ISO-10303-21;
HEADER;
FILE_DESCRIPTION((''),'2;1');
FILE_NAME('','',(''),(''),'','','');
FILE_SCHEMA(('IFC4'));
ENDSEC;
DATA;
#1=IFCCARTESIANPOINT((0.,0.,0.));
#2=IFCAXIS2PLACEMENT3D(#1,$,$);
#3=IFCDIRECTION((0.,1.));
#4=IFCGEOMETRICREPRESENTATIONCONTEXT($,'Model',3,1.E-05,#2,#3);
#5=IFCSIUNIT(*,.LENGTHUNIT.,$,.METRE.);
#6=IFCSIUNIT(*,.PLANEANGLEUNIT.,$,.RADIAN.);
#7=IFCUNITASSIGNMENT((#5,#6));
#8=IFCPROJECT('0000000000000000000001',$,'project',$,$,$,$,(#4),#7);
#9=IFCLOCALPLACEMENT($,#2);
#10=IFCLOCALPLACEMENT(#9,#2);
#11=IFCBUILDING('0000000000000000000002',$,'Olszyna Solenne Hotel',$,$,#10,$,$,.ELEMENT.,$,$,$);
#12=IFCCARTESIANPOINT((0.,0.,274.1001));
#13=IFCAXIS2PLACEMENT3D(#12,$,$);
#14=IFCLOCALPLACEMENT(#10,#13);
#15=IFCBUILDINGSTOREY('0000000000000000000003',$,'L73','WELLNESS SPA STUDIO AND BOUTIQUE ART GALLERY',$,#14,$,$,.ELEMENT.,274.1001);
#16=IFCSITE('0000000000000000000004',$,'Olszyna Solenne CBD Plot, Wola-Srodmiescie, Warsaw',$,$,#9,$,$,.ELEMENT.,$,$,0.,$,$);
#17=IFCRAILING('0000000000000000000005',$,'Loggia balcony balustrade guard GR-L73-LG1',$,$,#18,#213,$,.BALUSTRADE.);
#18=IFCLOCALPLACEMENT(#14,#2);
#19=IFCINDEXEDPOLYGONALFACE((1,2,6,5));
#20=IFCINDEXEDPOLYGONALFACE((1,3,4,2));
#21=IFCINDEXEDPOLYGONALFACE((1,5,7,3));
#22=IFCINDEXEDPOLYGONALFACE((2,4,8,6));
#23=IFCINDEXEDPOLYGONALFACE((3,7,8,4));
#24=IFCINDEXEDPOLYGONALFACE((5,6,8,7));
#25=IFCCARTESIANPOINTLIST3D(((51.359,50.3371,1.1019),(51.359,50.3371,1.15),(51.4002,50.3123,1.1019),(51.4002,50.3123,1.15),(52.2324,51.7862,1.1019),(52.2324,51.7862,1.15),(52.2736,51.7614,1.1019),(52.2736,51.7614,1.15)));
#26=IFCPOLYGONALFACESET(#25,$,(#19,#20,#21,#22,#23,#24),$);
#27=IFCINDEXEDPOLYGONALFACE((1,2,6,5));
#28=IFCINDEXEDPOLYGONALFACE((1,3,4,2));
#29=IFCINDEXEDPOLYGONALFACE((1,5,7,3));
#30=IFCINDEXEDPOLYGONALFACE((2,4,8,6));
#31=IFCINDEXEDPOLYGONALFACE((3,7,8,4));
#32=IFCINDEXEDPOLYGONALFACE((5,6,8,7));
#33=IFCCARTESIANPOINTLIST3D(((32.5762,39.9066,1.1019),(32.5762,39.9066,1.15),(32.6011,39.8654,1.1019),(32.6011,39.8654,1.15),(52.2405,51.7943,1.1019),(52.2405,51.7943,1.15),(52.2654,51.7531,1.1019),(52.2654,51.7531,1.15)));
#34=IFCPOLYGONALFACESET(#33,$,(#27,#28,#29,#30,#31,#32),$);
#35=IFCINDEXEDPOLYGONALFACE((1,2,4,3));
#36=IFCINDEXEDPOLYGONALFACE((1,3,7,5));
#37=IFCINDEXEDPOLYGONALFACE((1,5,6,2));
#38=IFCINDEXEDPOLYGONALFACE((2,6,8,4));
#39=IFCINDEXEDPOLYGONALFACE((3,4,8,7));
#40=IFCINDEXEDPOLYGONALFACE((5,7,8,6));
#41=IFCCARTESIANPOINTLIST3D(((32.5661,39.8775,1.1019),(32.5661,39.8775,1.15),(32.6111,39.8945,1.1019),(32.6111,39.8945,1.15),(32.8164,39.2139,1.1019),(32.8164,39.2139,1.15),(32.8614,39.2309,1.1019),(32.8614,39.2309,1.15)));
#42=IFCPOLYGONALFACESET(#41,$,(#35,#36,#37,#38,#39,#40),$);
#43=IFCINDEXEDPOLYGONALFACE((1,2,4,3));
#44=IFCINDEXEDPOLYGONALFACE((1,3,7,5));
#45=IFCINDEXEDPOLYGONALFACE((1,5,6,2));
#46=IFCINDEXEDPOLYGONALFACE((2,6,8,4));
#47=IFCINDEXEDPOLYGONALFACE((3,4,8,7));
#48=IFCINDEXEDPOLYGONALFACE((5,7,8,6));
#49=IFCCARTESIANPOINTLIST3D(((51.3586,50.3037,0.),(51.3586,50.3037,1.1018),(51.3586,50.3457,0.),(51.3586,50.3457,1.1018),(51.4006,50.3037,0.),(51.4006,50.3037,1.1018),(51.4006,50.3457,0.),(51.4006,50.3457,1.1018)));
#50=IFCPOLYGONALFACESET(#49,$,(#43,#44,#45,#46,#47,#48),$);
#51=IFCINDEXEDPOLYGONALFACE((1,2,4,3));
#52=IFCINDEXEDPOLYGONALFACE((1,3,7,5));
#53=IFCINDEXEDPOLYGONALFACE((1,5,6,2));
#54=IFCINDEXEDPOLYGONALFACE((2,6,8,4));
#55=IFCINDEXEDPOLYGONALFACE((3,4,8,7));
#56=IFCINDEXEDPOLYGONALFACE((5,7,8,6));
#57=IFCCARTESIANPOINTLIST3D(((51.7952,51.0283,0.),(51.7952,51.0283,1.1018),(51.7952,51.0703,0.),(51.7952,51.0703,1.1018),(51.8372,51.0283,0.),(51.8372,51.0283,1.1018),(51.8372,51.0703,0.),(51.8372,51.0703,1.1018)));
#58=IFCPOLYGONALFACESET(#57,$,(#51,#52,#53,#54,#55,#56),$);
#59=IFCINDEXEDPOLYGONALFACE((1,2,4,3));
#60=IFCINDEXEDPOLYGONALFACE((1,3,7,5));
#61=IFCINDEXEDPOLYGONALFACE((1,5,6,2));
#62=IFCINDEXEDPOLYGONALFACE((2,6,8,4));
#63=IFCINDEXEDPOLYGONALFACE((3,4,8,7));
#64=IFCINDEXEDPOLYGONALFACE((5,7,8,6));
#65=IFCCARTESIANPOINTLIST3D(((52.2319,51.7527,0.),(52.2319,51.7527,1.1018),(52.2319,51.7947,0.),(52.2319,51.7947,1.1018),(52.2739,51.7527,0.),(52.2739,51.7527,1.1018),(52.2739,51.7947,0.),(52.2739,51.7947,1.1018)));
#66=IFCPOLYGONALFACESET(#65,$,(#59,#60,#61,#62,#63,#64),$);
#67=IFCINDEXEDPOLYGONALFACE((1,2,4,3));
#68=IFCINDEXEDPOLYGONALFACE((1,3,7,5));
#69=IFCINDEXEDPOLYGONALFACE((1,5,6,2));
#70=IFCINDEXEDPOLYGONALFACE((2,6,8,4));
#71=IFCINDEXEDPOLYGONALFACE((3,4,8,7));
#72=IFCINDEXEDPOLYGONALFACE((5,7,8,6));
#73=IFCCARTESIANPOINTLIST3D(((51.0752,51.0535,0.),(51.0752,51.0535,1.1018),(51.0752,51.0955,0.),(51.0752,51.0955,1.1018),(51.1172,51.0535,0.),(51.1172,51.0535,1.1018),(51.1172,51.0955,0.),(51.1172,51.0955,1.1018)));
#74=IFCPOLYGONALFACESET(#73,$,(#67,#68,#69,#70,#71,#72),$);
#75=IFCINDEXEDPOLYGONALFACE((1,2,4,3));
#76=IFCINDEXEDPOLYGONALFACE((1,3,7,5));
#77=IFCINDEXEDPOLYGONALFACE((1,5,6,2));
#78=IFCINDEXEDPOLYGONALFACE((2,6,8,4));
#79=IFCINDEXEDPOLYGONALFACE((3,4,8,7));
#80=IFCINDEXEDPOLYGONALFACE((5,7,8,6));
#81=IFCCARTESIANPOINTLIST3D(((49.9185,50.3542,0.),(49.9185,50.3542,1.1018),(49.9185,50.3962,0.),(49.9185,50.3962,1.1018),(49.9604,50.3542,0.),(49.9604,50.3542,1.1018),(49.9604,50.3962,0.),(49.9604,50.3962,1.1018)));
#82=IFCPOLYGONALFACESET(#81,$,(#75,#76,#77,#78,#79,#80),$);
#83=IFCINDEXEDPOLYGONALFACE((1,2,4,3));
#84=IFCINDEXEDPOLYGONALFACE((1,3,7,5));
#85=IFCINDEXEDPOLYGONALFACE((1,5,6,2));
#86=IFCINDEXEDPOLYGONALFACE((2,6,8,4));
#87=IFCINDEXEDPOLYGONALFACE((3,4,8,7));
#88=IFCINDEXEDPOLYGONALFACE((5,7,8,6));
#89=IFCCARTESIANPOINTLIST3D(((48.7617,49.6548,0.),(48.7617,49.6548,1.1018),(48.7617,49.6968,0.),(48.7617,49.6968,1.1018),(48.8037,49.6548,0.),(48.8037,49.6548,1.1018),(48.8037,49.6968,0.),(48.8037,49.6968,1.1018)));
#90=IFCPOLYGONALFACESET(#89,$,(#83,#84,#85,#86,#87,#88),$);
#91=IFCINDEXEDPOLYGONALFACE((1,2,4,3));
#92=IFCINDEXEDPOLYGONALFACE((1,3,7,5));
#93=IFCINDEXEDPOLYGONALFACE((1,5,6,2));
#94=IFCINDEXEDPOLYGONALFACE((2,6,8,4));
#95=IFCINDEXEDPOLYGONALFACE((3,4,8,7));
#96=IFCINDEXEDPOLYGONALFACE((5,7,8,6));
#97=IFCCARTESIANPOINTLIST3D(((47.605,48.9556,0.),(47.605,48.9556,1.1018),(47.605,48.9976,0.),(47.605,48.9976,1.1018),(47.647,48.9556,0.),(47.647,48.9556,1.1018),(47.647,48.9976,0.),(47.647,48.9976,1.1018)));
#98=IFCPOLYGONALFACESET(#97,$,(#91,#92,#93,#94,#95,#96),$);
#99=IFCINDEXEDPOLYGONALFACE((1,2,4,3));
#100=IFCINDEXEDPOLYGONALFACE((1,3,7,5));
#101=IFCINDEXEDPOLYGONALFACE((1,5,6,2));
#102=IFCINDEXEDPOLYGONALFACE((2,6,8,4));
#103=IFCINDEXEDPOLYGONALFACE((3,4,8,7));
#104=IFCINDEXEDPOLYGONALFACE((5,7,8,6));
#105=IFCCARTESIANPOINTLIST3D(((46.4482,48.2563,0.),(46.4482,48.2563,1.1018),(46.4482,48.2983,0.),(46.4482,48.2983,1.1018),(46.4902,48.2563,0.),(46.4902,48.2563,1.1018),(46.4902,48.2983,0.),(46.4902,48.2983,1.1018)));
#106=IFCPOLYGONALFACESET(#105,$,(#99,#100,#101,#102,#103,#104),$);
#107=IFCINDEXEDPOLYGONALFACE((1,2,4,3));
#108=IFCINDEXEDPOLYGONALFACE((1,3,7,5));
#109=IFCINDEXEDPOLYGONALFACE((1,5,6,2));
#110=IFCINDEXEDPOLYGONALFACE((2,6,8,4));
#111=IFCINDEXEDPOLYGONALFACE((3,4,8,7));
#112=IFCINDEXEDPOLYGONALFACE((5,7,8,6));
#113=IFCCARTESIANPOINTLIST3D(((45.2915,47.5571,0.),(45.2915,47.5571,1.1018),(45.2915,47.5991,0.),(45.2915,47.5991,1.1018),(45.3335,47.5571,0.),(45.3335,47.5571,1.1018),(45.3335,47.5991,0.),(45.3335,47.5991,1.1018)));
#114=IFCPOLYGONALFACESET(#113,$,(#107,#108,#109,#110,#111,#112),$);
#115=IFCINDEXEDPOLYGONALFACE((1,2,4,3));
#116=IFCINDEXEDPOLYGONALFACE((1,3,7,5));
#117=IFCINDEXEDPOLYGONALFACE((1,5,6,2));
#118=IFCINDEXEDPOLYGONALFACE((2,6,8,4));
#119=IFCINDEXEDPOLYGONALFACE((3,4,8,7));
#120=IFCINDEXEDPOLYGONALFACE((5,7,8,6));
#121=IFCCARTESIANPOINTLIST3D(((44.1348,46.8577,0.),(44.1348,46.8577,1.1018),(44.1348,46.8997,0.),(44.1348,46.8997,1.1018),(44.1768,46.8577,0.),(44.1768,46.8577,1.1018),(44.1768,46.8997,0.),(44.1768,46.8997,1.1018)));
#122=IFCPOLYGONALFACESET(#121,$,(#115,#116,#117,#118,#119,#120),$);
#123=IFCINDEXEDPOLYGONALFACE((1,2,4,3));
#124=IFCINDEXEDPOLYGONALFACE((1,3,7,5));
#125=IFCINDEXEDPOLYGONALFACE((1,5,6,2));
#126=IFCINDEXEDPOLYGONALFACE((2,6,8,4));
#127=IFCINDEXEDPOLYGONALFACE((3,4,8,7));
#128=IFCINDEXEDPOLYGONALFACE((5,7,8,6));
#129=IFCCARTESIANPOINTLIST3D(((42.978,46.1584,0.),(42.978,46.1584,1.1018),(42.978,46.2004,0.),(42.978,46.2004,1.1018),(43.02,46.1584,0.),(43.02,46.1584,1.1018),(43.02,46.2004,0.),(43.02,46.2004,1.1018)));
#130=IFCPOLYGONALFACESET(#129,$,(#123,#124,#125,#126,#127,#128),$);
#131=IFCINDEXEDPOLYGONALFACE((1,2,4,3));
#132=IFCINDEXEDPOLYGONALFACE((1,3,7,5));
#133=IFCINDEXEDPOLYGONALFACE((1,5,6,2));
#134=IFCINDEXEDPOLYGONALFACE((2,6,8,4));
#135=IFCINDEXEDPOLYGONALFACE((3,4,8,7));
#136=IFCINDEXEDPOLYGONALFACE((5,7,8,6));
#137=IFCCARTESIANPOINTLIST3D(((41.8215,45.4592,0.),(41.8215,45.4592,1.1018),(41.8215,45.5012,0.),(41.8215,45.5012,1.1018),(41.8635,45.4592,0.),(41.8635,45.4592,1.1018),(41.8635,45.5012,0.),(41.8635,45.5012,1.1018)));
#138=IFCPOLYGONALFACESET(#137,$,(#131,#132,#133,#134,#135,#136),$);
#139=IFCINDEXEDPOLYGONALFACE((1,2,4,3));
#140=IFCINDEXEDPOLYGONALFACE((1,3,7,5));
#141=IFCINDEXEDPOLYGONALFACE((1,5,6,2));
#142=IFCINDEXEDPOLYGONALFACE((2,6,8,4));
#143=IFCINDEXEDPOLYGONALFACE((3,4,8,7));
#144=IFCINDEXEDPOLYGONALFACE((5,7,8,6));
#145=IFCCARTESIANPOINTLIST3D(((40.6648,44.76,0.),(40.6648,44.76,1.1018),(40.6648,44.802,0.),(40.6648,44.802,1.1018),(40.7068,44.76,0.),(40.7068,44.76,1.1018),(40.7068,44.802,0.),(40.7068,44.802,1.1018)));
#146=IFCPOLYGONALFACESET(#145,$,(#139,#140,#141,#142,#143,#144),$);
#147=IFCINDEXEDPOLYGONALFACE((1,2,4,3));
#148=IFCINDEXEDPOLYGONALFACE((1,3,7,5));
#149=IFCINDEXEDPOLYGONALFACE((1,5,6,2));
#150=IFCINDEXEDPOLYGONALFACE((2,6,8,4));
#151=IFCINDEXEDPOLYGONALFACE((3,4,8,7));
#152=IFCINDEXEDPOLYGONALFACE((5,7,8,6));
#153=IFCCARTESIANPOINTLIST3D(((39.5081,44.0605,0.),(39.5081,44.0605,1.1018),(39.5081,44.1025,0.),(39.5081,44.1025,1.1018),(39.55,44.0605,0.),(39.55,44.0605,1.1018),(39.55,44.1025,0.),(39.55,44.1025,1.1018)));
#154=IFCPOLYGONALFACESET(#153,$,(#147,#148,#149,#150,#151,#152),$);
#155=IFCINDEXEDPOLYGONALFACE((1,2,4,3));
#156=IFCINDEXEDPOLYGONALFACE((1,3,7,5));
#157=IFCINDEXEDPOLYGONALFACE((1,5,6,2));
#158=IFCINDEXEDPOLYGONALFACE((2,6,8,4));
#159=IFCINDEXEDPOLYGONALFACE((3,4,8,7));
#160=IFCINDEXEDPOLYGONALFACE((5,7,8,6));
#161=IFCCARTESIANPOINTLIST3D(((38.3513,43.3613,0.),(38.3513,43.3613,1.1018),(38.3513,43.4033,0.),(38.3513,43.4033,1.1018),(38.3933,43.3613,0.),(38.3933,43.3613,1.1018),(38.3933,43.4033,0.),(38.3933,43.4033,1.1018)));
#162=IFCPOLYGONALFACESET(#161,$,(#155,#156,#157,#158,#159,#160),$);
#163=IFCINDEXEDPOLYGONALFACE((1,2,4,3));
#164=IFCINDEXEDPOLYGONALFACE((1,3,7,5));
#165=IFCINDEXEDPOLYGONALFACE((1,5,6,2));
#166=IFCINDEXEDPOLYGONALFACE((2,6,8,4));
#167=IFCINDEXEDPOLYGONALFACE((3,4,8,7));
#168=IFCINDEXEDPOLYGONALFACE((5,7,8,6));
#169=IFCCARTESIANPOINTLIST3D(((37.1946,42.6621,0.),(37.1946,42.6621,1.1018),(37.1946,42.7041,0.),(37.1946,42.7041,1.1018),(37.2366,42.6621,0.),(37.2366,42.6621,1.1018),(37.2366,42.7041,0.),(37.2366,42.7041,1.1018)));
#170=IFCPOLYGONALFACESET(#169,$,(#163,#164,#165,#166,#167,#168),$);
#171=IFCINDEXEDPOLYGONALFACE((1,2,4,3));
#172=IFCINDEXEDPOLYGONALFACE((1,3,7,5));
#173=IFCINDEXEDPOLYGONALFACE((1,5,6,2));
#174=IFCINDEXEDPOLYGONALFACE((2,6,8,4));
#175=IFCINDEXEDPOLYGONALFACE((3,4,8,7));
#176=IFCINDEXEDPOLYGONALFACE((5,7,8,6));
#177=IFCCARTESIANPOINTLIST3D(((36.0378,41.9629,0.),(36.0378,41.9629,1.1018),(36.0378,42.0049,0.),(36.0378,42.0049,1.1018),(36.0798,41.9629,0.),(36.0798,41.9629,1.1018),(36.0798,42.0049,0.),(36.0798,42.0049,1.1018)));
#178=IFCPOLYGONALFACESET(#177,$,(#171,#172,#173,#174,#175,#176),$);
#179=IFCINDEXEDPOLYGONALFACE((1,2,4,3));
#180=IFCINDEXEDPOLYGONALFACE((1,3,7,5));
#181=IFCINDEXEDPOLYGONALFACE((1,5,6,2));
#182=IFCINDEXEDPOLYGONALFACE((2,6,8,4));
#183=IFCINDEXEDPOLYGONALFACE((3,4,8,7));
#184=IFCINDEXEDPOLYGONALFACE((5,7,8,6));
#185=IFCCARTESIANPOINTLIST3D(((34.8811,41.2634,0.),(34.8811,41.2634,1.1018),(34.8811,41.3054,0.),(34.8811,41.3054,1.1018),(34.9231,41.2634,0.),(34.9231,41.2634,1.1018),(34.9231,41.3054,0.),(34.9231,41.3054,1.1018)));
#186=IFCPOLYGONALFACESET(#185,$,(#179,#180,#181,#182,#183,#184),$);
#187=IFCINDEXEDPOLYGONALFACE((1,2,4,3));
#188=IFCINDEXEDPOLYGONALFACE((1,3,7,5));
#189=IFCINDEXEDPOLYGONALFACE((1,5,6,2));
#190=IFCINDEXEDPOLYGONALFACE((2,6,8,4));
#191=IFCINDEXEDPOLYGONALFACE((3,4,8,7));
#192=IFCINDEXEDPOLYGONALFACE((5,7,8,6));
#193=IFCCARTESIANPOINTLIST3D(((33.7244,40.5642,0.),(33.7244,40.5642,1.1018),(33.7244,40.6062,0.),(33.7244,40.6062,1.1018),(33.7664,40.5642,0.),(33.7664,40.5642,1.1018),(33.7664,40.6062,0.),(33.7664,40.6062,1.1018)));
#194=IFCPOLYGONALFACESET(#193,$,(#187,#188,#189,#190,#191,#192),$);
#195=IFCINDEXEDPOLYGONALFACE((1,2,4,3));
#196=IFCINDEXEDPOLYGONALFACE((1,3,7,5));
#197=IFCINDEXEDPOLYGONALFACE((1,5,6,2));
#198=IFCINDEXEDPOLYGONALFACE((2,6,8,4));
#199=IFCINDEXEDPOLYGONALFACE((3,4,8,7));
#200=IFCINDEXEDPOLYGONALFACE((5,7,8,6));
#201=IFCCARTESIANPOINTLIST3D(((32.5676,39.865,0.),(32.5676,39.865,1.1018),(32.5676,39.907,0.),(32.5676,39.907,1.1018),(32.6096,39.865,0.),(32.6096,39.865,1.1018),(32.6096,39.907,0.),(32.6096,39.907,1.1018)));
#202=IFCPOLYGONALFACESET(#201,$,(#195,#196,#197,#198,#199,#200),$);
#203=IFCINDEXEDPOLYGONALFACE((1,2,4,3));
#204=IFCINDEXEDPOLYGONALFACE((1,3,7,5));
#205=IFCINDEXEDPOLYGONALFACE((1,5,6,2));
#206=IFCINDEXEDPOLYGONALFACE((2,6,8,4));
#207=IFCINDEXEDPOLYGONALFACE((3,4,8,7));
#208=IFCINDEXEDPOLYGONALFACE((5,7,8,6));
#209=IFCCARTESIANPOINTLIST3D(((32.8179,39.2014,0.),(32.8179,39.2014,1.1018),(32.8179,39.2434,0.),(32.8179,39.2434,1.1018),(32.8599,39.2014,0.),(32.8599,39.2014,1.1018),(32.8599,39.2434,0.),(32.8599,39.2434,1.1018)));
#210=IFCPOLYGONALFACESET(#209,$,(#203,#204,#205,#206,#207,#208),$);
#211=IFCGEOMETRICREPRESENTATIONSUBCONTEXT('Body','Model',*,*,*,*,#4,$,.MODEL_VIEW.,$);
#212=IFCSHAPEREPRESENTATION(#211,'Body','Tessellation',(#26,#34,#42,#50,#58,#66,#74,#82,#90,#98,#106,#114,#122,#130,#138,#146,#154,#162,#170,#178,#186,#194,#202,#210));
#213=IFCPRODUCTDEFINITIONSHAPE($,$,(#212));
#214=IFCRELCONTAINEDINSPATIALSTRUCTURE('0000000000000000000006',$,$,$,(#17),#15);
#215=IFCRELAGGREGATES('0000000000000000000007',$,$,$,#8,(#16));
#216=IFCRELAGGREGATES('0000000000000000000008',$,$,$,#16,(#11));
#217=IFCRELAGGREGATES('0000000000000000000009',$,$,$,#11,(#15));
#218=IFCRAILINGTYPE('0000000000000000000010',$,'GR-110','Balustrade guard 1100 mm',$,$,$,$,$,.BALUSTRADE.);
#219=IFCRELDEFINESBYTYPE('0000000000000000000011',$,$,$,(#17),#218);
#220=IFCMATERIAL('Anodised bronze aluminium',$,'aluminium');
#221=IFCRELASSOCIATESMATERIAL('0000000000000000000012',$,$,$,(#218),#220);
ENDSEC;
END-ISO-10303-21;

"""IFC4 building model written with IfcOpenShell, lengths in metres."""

from ifc_helpers import new_model, si_unit, direction, frame, origin, origin_2d, place, context, subcontext, project, spatial, rectangle, extrude, material, type_object, element, save


model = new_model("IFC4")

# Units and contexts
model_context = context("Model", 3, precision=1e-05, world=origin(), true_north=direction((0.0, 1.0)))
body_context = subcontext(model_context, "Body", "Model", "MODEL_VIEW")
ifc_project = project(units=[si_unit("LENGTHUNIT", "METRE"), si_unit("PLANEANGLEUNIT", "RADIAN")], contexts=[model_context])

# Site, building, storey
site_placement = place(None, origin())
site = spatial("IfcSite", under=ifc_project, at=site_placement, Name="Olszyna Solenne CBD Plot, Wola-Srodmiescie, Warsaw", CompositionType="ELEMENT", RefElevation=0.0)
building_placement = place(site_placement, origin())
building = spatial("IfcBuilding", under=site, at=building_placement, Name="Olszyna Solenne Hotel", CompositionType="ELEMENT")
storey_placement = place(building_placement, frame((0.0, 0.0, 274.1001)))
storey = spatial("IfcBuildingStorey", under=building, at=storey_placement, Name="L73", Description="WELLNESS SPA STUDIO AND BOUTIQUE ART GALLERY", CompositionType="ELEMENT", Elevation=274.1001)

# Railing
ifc_material_1 = material(Name="Anodised bronze aluminium", Category="aluminium")
railing_type_1 = type_object("IfcRailingType", Name="GR-110", Description="Balustrade guard 1100 mm", PredefinedType="BALUSTRADE", material=ifc_material_1)
railing_1_placement = place(storey_placement, frame((51.3796, 50.3247, 0.0)))
element("IfcRailing", 1, at=railing_1_placement, inside=storey, type_object=railing_type_1, Name="Loggia balcony balustrade guard GR-L73-LG1", PredefinedType="BALUSTRADE", context=body_context, shape_type="SweptSolid", body=[
    extrude(rectangle(XDim=0.0481, YDim=0.0481, at=origin_2d()), frame((0.0, 0.0, 1.126), z_axis=(0.516192, 0.856473, 0.0), x_axis=(-0.856473, 0.516192, 0.0)), (0.0, 0.0, 1.0), 1.6919),
    extrude(rectangle(XDim=0.0481, YDim=0.0481, at=origin_2d()), frame((0.8733, 1.449, 1.126), z_axis=(-0.855777, -0.517344, 0.0), x_axis=(0.517344, -0.855777, 0.0)), (0.0, 0.0, 1.0), 22.9783),
    extrude(rectangle(XDim=0.0481, YDim=0.0481, at=origin_2d()), frame((-18.791, -10.4387, 1.126), z_axis=(0.352858, -0.935677, 0.0), x_axis=(0.935677, 0.352858, 0.0)), (0.0, 0.0, 1.0), 0.7092),
    extrude(rectangle(XDim=0.042, YDim=0.042, at=origin_2d()), origin(), (0.0, 0.0, 1.0), 1.1018),
    extrude(rectangle(XDim=0.042, YDim=0.042, at=origin_2d()), frame((0.4365, 0.7246, 0.0)), (0.0, 0.0, 1.0), 1.1018),
    extrude(rectangle(XDim=0.042, YDim=0.042, at=origin_2d()), frame((0.8733, 1.449, 0.0)), (0.0, 0.0, 1.0), 1.1018),
    extrude(rectangle(XDim=0.042, YDim=0.042, at=origin_2d()), frame((-0.2834, 0.7498, 0.0)), (0.0, 0.0, 1.0), 1.1018),
    extrude(rectangle(XDim=0.042, YDim=0.042, at=origin_2d()), frame((-1.4402, 0.0505, 0.0)), (0.0, 0.0, 1.0), 1.1018),
    extrude(rectangle(XDim=0.042, YDim=0.042, at=origin_2d()), frame((-2.5969, -0.6489, 0.0)), (0.0, 0.0, 1.0), 1.1018),
    extrude(rectangle(XDim=0.042, YDim=0.042, at=origin_2d()), frame((-3.7537, -1.3481, 0.0)), (0.0, 0.0, 1.0), 1.1018),
    extrude(rectangle(XDim=0.042, YDim=0.042, at=origin_2d()), frame((-4.9104, -2.0474, 0.0)), (0.0, 0.0, 1.0), 1.1018),
    extrude(rectangle(XDim=0.042, YDim=0.042, at=origin_2d()), frame((-6.0671, -2.7466, 0.0)), (0.0, 0.0, 1.0), 1.1018),
    extrude(rectangle(XDim=0.042, YDim=0.042, at=origin_2d()), frame((-7.2239, -3.446, 0.0)), (0.0, 0.0, 1.0), 1.1018),
    extrude(rectangle(XDim=0.042, YDim=0.042, at=origin_2d()), frame((-8.3806, -4.1453, 0.0)), (0.0, 0.0, 1.0), 1.1018),
    extrude(rectangle(XDim=0.042, YDim=0.042, at=origin_2d()), frame((-9.5371, -4.8445, 0.0)), (0.0, 0.0, 1.0), 1.1018),
    extrude(rectangle(XDim=0.042, YDim=0.042, at=origin_2d()), frame((-10.6938, -5.5437, 0.0)), (0.0, 0.0, 1.0), 1.1018),
    extrude(rectangle(XDim=0.042, YDim=0.042, at=origin_2d()), frame((-11.8506, -6.2432, 0.0)), (0.0, 0.0, 1.0), 1.1018),
    extrude(rectangle(XDim=0.042, YDim=0.042, at=origin_2d()), frame((-13.0073, -6.9424, 0.0)), (0.0, 0.0, 1.0), 1.1018),
    extrude(rectangle(XDim=0.042, YDim=0.042, at=origin_2d()), frame((-14.1641, -7.6416, 0.0)), (0.0, 0.0, 1.0), 1.1018),
    extrude(rectangle(XDim=0.042, YDim=0.042, at=origin_2d()), frame((-15.3208, -8.3408, 0.0)), (0.0, 0.0, 1.0), 1.1018),
    extrude(rectangle(XDim=0.042, YDim=0.042, at=origin_2d()), frame((-16.4775, -9.0403, 0.0)), (0.0, 0.0, 1.0), 1.1018),
    extrude(rectangle(XDim=0.042, YDim=0.042, at=origin_2d()), frame((-17.6343, -9.7395, 0.0)), (0.0, 0.0, 1.0), 1.1018),
    extrude(rectangle(XDim=0.042, YDim=0.042, at=origin_2d()), frame((-18.791, -10.4387, 0.0)), (0.0, 0.0, 1.0), 1.1018),
    extrude(rectangle(XDim=0.042, YDim=0.042, at=origin_2d()), frame((-18.5408, -11.1023, 0.0)), (0.0, 0.0, 1.0), 1.1018),
])

save(model, "model.ifc")
